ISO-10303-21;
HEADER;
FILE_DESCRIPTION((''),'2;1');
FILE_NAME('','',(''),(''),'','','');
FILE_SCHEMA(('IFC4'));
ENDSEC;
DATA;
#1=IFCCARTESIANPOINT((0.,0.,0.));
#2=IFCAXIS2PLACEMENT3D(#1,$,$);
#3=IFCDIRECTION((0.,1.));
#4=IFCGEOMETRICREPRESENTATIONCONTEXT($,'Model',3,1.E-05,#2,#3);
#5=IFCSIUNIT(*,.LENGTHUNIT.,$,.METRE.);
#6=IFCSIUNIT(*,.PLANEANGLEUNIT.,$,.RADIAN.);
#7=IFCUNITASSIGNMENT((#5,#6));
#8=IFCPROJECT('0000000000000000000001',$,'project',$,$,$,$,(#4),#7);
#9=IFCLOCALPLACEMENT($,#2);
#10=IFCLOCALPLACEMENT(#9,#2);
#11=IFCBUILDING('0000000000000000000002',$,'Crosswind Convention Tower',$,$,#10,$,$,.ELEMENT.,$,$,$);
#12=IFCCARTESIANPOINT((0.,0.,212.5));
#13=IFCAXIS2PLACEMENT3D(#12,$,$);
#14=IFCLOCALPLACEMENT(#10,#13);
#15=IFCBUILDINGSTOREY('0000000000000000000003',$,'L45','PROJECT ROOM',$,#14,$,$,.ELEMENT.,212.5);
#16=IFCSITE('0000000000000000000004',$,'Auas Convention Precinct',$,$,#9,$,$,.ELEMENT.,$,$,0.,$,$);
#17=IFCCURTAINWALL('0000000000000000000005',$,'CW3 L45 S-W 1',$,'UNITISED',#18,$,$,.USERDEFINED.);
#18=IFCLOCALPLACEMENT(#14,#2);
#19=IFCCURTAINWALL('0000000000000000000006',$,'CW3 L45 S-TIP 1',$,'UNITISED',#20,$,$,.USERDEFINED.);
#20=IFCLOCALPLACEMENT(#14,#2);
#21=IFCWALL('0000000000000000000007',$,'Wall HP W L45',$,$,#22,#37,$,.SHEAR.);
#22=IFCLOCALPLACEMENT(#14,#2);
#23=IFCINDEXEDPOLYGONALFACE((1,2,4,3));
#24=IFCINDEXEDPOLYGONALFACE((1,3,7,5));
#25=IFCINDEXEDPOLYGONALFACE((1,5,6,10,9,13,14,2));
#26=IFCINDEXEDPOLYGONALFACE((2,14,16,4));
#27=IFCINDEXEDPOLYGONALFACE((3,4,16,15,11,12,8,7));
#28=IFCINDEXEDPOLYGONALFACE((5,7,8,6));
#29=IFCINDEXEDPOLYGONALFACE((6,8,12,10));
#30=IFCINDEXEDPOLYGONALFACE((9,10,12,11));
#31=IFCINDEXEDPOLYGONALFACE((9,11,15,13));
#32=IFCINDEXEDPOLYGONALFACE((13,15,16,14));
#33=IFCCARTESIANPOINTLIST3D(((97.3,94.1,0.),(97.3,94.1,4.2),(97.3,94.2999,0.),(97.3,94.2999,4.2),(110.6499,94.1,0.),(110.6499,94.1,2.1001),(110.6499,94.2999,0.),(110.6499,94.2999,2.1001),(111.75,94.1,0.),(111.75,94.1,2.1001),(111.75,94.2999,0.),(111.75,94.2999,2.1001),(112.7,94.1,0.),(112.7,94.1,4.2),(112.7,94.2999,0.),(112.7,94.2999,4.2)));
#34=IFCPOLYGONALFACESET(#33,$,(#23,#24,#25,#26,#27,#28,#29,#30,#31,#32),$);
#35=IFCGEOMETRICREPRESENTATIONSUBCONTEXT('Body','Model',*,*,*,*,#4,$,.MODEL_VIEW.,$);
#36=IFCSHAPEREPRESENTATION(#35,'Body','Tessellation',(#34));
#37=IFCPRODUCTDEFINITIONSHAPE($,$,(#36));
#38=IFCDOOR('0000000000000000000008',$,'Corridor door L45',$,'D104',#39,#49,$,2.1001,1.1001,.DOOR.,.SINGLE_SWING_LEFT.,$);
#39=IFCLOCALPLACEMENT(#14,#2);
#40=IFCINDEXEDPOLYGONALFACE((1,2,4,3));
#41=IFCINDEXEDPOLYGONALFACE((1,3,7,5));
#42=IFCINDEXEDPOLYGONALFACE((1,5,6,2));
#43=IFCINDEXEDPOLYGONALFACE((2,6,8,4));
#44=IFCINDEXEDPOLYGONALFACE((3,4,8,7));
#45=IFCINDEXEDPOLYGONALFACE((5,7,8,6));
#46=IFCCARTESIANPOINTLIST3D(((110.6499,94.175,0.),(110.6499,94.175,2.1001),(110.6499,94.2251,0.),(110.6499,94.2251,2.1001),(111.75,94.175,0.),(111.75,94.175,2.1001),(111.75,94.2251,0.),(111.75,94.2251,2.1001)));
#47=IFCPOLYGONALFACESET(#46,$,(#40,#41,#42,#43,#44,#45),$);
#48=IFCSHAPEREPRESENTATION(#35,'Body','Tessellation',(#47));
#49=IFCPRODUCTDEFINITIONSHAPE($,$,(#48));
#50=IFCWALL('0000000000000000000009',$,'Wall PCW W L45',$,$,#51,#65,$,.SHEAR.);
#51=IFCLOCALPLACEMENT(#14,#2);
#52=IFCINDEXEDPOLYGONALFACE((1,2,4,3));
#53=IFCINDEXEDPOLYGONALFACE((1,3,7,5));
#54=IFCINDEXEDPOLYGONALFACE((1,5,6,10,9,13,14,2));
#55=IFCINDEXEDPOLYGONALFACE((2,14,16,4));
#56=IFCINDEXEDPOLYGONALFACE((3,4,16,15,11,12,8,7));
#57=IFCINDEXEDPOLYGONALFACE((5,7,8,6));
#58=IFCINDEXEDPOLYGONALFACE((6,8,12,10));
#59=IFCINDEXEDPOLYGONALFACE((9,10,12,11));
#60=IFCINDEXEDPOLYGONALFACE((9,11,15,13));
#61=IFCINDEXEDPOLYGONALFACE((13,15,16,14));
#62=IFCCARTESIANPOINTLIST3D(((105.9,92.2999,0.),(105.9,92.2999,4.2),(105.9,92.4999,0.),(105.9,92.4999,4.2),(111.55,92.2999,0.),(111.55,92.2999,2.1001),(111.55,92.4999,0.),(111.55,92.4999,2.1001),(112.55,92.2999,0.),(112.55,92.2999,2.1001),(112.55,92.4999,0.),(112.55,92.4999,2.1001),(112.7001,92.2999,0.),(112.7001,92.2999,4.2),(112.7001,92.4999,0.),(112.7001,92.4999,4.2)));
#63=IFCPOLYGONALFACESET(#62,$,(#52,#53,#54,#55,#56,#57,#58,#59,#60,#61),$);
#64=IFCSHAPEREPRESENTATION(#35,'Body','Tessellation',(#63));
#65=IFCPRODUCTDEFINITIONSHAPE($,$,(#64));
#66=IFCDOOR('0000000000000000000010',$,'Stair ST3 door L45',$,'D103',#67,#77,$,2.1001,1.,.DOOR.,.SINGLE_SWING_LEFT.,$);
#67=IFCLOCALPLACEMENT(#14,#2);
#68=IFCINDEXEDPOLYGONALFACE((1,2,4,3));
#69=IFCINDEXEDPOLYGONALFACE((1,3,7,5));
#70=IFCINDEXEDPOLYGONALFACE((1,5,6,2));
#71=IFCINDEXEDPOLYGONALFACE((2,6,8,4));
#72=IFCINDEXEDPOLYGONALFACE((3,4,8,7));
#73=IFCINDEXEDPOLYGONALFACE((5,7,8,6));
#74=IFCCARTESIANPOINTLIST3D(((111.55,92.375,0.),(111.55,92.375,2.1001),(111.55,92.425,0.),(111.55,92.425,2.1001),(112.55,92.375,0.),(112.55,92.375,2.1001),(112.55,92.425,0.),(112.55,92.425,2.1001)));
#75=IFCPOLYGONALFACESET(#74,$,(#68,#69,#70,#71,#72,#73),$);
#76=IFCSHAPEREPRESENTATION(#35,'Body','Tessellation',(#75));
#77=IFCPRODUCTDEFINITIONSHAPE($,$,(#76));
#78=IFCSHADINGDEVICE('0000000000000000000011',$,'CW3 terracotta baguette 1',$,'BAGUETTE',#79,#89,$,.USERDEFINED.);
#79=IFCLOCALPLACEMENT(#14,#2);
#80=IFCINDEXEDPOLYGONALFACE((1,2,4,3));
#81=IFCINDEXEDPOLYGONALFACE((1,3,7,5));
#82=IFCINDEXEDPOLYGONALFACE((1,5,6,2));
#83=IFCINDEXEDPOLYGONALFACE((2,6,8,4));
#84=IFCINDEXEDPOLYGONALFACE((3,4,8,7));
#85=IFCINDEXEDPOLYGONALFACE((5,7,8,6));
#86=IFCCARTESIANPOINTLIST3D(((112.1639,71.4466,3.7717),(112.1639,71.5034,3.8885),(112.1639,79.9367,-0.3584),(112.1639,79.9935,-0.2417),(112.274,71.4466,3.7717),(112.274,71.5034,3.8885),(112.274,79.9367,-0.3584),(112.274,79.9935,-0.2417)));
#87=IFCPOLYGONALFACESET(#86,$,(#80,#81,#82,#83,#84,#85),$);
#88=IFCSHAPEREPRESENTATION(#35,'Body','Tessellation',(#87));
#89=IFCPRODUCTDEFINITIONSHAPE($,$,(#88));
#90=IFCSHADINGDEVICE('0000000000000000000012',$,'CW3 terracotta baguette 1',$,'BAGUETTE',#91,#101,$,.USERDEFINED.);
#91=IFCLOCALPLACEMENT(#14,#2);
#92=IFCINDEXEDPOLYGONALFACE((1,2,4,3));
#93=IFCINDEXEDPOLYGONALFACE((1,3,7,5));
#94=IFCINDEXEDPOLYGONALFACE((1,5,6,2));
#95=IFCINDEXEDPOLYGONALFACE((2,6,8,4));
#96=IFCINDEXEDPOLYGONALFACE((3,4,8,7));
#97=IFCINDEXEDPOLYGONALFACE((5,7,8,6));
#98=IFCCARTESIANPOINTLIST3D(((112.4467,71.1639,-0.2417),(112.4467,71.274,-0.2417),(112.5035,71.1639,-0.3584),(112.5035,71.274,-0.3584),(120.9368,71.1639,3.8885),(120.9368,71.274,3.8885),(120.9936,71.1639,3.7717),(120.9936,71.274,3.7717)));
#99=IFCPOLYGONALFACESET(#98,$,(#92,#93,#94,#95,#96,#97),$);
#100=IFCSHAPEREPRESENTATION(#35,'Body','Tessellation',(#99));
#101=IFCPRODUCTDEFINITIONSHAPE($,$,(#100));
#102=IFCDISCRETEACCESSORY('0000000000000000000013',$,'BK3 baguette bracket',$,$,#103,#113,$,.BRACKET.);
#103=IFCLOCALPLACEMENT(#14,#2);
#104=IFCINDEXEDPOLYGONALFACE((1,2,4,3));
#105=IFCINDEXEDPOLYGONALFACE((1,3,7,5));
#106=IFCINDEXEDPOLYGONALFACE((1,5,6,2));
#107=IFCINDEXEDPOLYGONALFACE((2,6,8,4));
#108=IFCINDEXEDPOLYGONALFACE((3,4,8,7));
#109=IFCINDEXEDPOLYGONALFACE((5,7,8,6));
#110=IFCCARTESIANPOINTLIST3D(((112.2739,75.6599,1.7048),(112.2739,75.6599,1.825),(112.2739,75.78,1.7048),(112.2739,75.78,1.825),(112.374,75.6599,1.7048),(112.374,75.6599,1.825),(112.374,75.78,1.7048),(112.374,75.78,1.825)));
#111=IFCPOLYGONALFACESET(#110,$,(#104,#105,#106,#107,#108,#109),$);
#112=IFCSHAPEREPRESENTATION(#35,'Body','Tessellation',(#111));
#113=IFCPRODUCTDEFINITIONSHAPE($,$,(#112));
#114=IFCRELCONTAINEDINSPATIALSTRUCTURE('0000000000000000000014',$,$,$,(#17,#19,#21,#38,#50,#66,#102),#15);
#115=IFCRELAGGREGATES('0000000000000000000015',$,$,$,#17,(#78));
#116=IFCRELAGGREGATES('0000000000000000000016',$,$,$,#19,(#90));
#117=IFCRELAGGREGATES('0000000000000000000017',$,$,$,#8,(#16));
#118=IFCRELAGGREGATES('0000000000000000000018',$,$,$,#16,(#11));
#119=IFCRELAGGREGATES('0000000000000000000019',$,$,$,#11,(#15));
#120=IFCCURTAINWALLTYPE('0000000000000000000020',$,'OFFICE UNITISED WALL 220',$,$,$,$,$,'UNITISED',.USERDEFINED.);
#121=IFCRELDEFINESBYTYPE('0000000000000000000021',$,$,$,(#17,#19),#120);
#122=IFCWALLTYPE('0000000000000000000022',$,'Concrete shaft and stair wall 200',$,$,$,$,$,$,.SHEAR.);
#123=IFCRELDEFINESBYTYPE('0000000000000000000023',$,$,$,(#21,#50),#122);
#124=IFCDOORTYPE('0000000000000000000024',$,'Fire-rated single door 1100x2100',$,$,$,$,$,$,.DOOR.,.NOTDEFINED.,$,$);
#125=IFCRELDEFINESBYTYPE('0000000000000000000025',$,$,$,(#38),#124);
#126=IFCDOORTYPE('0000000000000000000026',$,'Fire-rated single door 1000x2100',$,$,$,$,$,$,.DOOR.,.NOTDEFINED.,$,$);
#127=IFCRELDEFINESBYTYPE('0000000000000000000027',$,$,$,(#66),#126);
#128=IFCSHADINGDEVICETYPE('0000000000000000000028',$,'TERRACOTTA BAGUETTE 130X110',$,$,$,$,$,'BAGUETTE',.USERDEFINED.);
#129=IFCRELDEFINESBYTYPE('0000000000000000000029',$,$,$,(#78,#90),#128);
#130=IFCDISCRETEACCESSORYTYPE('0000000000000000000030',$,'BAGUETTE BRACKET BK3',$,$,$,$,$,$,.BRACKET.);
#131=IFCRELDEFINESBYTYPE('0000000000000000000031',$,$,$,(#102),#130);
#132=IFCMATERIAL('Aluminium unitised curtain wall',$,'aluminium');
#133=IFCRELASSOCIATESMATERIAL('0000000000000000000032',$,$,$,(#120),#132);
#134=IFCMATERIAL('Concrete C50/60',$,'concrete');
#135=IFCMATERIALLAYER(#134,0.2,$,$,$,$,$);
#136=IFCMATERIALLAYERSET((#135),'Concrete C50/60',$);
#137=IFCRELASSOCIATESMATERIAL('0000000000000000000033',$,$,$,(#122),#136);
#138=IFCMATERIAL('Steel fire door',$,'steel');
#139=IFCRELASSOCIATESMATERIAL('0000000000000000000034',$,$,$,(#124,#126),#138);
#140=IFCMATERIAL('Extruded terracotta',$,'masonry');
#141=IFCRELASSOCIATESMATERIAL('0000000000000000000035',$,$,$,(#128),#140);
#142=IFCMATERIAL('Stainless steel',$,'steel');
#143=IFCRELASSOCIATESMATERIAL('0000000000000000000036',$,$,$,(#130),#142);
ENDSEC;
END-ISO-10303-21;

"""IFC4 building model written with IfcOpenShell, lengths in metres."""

from ifc_helpers import new_model, si_unit, direction, frame, frame_2d, origin, origin_2d, place, context, subcontext, project, spatial, rectangle, extrude, material, layer, layer_set, material_profile, profile_set, type_object, element, fill, aggregate, save


model = new_model("IFC4")

# Units and contexts
model_context = context("Model", 3, precision=1e-05, world=origin(), true_north=direction((0.0, 1.0)))
body_context = subcontext(model_context, "Body", "Model", "MODEL_VIEW")
ifc_project = project(units=[si_unit("LENGTHUNIT", "METRE"), si_unit("PLANEANGLEUNIT", "RADIAN")], contexts=[model_context])

# Site, building, storey
site_placement = place(None, origin())
site = spatial("IfcSite", under=ifc_project, at=site_placement, Name="Auas Convention Precinct", CompositionType="ELEMENT", RefElevation=0.0)
building_placement = place(site_placement, origin())
building = spatial("IfcBuilding", under=site, at=building_placement, Name="Crosswind Convention Tower", CompositionType="ELEMENT")
storey_placement = place(building_placement, frame((0.0, 0.0, 212.5)))
storey = spatial("IfcBuildingStorey", under=building, at=storey_placement, Name="L45", Description="PROJECT ROOM", CompositionType="ELEMENT", Elevation=212.5)

# Curtain wall
ifc_material_1 = material(Name="Aluminium unitised curtain wall", Category="aluminium")
curtain_wall_type_1 = type_object("IfcCurtainWallType", Name="OFFICE UNITISED WALL 220", ElementType="UNITISED", PredefinedType="USERDEFINED", material=ifc_material_1)
curtain_wall_1_placement = place(storey_placement, origin())
curtain_wall_1 = element("IfcCurtainWall", 1, at=curtain_wall_1_placement, inside=storey, type_object=curtain_wall_type_1, Name="CW3 L45 S-W 1", ObjectType="UNITISED", PredefinedType="USERDEFINED")

# Curtain wall
curtain_wall_2_placement = place(storey_placement, origin())
curtain_wall_2 = element("IfcCurtainWall", 2, at=curtain_wall_2_placement, inside=storey, type_object=curtain_wall_type_1, Name="CW3 L45 S-TIP 1", ObjectType="UNITISED", PredefinedType="USERDEFINED")

# Shared definitions
ifc_material_2 = material(Name="Concrete C50/60", Category="concrete")

# Walls, openings, doors
ifc_layer_1 = layer(ifc_material_2, 0.2)
ifc_layer_set_1 = layer_set([ifc_layer_1], Name="Concrete C50/60")
wall_type_1 = type_object("IfcWallType", Name="Concrete shaft and stair wall 200", PredefinedType="SHEAR", material=ifc_layer_set_1)
wall_1_placement = place(storey_placement, frame((112.7, 94.2, 0.0), z_axis=(0.0, 0.0, 1.0), x_axis=(-1.0, 0.0, 0.0)))
wall_1 = element("IfcWall", 3, at=wall_1_placement, inside=storey, type_object=wall_type_1, Name="Wall HP W L45", PredefinedType="SHEAR", context=body_context, shape_type="SweptSolid", body=[
    extrude(rectangle(XDim=15.3999, YDim=0.2, at=frame_2d((7.7, 0.0))), origin(), (0.0, 0.0, 1.0), 4.2),
])
opening_1_placement = place(wall_1_placement, frame((0.95, 0.0, 0.0)))
opening_1 = element("IfcOpeningElement", 4, at=opening_1_placement, cuts=wall_1, PredefinedType="OPENING", context=body_context, shape_type="SweptSolid", body=[
    extrude(rectangle(XDim=1.1001, YDim=2.1001, at=frame_2d((0.55, 1.05))), frame((0.0, 0.1099, 0.0), z_axis=(0.0, -1.0, 0.0), x_axis=(1.0, 0.0, 0.0)), (0.0, 0.0, 1.0), 0.22),
])
ifc_material_3 = material(Name="Steel fire door", Category="steel")
door_type_1 = type_object("IfcDoorType", Name="Fire-rated single door 1100x2100", OperationType="NOTDEFINED", PredefinedType="DOOR", material=ifc_material_3)
door_1_placement = place(opening_1_placement, origin())
door_1 = element("IfcDoor", 5, at=door_1_placement, inside=storey, type_object=door_type_1, Name="Corridor door L45", ObjectType="D104", OperationType="SINGLE_SWING_LEFT", OverallHeight=2.1001, OverallWidth=1.1001, PredefinedType="DOOR", context=body_context, shape_type="SweptSolid", body=[
    extrude(rectangle(XDim=1.1001, YDim=2.1001, at=frame_2d((0.55, 1.05))), frame((0.0, 0.0249, 0.0), z_axis=(0.0, -1.0, 0.0), x_axis=(1.0, 0.0, 0.0)), (0.0, 0.0, 1.0), 0.05),
])
fill(opening_1, door_1)
wall_2_placement = place(storey_placement, frame((112.7, 92.3999, 0.0), z_axis=(0.0, 0.0, 1.0), x_axis=(-1.0, 0.0, 0.0)))
wall_2 = element("IfcWall", 6, at=wall_2_placement, inside=storey, type_object=wall_type_1, Name="Wall PCW W L45", PredefinedType="SHEAR", context=body_context, shape_type="SweptSolid", body=[
    extrude(rectangle(XDim=6.8, YDim=0.2, at=frame_2d((3.3999, 0.0))), origin(), (0.0, 0.0, 1.0), 4.2),
])
opening_2_placement = place(wall_2_placement, frame((0.1499, 0.0, 0.0)))
opening_2 = element("IfcOpeningElement", 7, at=opening_2_placement, cuts=wall_2, PredefinedType="OPENING", context=body_context, shape_type="SweptSolid", body=[
    extrude(rectangle(XDim=1.0, YDim=2.1001, at=frame_2d((0.5, 1.05))), frame((0.0, 0.1099, 0.0), z_axis=(0.0, -1.0, 0.0), x_axis=(1.0, 0.0, 0.0)), (0.0, 0.0, 1.0), 0.22),
])
door_type_2 = type_object("IfcDoorType", Name="Fire-rated single door 1000x2100", OperationType="NOTDEFINED", PredefinedType="DOOR", material=ifc_material_3)
door_2_placement = place(opening_2_placement, origin())
door_2 = element("IfcDoor", 8, at=door_2_placement, inside=storey, type_object=door_type_2, Name="Stair ST3 door L45", ObjectType="D103", OperationType="SINGLE_SWING_LEFT", OverallHeight=2.1001, OverallWidth=1.0, PredefinedType="DOOR", context=body_context, shape_type="SweptSolid", body=[
    extrude(rectangle(XDim=1.0, YDim=2.1001, at=frame_2d((0.5, 1.05))), frame((0.0, 0.0249, 0.0), z_axis=(0.0, -1.0, 0.0), x_axis=(1.0, 0.0, 0.0)), (0.0, 0.0, 1.0), 0.05),
])
fill(opening_2, door_2)

# Shading devices
ifc_material_4 = material(Name="Extruded terracotta", Category="masonry")
ifc_material_profile_1 = material_profile(ifc_material_4, rectangle(XDim=0.1101, YDim=0.1299, at=origin_2d()), Name="TC 110X130")
ifc_profile_set_1 = profile_set([ifc_material_profile_1], Name="Extruded terracotta")
shading_device_type = type_object("IfcShadingDeviceType", Name="TERRACOTTA BAGUETTE 130X110", ElementType="BAGUETTE", PredefinedType="USERDEFINED", material=ifc_profile_set_1)
shading_device_1_placement = place(storey_placement, frame((112.219, 79.9651, -0.3), z_axis=(0.0, -0.899241, 0.437454), x_axis=(1.0, 0.0, 0.0)))
shading_device_1 = element("IfcShadingDevice", 9, at=shading_device_1_placement, type_object=shading_device_type, Name="CW3 terracotta baguette 1", ObjectType="BAGUETTE", PredefinedType="USERDEFINED", context=body_context, shape_type="SweptSolid", body=[
    extrude(rectangle(XDim=0.1101, YDim=0.1299, at=origin_2d()), origin(), (0.0, 0.0, 1.0), 9.4414),
])
aggregate(curtain_wall_1, [shading_device_1])
shading_device_2_placement = place(storey_placement, frame((112.4751, 71.219, -0.3), z_axis=(0.899241, 0.0, 0.437454), x_axis=(0.0, 1.0, 0.0)))
shading_device_2 = element("IfcShadingDevice", 10, at=shading_device_2_placement, type_object=shading_device_type, Name="CW3 terracotta baguette 1", ObjectType="BAGUETTE", PredefinedType="USERDEFINED", context=body_context, shape_type="SweptSolid", body=[
    extrude(rectangle(XDim=0.1101, YDim=0.1299, at=origin_2d()), origin(), (0.0, 0.0, 1.0), 9.4414),
])
aggregate(curtain_wall_2, [shading_device_2])

# Discrete accessory
ifc_material_5 = material(Name="Stainless steel", Category="steel")
discrete_accessory_type = type_object("IfcDiscreteAccessoryType", Name="BAGUETTE BRACKET BK3", PredefinedType="BRACKET", material=ifc_material_5)
discrete_accessory_placement = place(storey_placement, frame((112.324, 75.72, 1.7048), z_axis=(0.0, 0.0, 1.0), x_axis=(0.0, -1.0, 0.0)))
element("IfcDiscreteAccessory", 11, at=discrete_accessory_placement, inside=storey, type_object=discrete_accessory_type, Name="BK3 baguette bracket", PredefinedType="BRACKET", context=body_context, shape_type="SweptSolid", body=[
    extrude(rectangle(XDim=0.1201, YDim=0.1001, at=origin_2d()), origin(), (0.0, 0.0, 1.0), 0.1201),
])

save(model, "model.ifc")
